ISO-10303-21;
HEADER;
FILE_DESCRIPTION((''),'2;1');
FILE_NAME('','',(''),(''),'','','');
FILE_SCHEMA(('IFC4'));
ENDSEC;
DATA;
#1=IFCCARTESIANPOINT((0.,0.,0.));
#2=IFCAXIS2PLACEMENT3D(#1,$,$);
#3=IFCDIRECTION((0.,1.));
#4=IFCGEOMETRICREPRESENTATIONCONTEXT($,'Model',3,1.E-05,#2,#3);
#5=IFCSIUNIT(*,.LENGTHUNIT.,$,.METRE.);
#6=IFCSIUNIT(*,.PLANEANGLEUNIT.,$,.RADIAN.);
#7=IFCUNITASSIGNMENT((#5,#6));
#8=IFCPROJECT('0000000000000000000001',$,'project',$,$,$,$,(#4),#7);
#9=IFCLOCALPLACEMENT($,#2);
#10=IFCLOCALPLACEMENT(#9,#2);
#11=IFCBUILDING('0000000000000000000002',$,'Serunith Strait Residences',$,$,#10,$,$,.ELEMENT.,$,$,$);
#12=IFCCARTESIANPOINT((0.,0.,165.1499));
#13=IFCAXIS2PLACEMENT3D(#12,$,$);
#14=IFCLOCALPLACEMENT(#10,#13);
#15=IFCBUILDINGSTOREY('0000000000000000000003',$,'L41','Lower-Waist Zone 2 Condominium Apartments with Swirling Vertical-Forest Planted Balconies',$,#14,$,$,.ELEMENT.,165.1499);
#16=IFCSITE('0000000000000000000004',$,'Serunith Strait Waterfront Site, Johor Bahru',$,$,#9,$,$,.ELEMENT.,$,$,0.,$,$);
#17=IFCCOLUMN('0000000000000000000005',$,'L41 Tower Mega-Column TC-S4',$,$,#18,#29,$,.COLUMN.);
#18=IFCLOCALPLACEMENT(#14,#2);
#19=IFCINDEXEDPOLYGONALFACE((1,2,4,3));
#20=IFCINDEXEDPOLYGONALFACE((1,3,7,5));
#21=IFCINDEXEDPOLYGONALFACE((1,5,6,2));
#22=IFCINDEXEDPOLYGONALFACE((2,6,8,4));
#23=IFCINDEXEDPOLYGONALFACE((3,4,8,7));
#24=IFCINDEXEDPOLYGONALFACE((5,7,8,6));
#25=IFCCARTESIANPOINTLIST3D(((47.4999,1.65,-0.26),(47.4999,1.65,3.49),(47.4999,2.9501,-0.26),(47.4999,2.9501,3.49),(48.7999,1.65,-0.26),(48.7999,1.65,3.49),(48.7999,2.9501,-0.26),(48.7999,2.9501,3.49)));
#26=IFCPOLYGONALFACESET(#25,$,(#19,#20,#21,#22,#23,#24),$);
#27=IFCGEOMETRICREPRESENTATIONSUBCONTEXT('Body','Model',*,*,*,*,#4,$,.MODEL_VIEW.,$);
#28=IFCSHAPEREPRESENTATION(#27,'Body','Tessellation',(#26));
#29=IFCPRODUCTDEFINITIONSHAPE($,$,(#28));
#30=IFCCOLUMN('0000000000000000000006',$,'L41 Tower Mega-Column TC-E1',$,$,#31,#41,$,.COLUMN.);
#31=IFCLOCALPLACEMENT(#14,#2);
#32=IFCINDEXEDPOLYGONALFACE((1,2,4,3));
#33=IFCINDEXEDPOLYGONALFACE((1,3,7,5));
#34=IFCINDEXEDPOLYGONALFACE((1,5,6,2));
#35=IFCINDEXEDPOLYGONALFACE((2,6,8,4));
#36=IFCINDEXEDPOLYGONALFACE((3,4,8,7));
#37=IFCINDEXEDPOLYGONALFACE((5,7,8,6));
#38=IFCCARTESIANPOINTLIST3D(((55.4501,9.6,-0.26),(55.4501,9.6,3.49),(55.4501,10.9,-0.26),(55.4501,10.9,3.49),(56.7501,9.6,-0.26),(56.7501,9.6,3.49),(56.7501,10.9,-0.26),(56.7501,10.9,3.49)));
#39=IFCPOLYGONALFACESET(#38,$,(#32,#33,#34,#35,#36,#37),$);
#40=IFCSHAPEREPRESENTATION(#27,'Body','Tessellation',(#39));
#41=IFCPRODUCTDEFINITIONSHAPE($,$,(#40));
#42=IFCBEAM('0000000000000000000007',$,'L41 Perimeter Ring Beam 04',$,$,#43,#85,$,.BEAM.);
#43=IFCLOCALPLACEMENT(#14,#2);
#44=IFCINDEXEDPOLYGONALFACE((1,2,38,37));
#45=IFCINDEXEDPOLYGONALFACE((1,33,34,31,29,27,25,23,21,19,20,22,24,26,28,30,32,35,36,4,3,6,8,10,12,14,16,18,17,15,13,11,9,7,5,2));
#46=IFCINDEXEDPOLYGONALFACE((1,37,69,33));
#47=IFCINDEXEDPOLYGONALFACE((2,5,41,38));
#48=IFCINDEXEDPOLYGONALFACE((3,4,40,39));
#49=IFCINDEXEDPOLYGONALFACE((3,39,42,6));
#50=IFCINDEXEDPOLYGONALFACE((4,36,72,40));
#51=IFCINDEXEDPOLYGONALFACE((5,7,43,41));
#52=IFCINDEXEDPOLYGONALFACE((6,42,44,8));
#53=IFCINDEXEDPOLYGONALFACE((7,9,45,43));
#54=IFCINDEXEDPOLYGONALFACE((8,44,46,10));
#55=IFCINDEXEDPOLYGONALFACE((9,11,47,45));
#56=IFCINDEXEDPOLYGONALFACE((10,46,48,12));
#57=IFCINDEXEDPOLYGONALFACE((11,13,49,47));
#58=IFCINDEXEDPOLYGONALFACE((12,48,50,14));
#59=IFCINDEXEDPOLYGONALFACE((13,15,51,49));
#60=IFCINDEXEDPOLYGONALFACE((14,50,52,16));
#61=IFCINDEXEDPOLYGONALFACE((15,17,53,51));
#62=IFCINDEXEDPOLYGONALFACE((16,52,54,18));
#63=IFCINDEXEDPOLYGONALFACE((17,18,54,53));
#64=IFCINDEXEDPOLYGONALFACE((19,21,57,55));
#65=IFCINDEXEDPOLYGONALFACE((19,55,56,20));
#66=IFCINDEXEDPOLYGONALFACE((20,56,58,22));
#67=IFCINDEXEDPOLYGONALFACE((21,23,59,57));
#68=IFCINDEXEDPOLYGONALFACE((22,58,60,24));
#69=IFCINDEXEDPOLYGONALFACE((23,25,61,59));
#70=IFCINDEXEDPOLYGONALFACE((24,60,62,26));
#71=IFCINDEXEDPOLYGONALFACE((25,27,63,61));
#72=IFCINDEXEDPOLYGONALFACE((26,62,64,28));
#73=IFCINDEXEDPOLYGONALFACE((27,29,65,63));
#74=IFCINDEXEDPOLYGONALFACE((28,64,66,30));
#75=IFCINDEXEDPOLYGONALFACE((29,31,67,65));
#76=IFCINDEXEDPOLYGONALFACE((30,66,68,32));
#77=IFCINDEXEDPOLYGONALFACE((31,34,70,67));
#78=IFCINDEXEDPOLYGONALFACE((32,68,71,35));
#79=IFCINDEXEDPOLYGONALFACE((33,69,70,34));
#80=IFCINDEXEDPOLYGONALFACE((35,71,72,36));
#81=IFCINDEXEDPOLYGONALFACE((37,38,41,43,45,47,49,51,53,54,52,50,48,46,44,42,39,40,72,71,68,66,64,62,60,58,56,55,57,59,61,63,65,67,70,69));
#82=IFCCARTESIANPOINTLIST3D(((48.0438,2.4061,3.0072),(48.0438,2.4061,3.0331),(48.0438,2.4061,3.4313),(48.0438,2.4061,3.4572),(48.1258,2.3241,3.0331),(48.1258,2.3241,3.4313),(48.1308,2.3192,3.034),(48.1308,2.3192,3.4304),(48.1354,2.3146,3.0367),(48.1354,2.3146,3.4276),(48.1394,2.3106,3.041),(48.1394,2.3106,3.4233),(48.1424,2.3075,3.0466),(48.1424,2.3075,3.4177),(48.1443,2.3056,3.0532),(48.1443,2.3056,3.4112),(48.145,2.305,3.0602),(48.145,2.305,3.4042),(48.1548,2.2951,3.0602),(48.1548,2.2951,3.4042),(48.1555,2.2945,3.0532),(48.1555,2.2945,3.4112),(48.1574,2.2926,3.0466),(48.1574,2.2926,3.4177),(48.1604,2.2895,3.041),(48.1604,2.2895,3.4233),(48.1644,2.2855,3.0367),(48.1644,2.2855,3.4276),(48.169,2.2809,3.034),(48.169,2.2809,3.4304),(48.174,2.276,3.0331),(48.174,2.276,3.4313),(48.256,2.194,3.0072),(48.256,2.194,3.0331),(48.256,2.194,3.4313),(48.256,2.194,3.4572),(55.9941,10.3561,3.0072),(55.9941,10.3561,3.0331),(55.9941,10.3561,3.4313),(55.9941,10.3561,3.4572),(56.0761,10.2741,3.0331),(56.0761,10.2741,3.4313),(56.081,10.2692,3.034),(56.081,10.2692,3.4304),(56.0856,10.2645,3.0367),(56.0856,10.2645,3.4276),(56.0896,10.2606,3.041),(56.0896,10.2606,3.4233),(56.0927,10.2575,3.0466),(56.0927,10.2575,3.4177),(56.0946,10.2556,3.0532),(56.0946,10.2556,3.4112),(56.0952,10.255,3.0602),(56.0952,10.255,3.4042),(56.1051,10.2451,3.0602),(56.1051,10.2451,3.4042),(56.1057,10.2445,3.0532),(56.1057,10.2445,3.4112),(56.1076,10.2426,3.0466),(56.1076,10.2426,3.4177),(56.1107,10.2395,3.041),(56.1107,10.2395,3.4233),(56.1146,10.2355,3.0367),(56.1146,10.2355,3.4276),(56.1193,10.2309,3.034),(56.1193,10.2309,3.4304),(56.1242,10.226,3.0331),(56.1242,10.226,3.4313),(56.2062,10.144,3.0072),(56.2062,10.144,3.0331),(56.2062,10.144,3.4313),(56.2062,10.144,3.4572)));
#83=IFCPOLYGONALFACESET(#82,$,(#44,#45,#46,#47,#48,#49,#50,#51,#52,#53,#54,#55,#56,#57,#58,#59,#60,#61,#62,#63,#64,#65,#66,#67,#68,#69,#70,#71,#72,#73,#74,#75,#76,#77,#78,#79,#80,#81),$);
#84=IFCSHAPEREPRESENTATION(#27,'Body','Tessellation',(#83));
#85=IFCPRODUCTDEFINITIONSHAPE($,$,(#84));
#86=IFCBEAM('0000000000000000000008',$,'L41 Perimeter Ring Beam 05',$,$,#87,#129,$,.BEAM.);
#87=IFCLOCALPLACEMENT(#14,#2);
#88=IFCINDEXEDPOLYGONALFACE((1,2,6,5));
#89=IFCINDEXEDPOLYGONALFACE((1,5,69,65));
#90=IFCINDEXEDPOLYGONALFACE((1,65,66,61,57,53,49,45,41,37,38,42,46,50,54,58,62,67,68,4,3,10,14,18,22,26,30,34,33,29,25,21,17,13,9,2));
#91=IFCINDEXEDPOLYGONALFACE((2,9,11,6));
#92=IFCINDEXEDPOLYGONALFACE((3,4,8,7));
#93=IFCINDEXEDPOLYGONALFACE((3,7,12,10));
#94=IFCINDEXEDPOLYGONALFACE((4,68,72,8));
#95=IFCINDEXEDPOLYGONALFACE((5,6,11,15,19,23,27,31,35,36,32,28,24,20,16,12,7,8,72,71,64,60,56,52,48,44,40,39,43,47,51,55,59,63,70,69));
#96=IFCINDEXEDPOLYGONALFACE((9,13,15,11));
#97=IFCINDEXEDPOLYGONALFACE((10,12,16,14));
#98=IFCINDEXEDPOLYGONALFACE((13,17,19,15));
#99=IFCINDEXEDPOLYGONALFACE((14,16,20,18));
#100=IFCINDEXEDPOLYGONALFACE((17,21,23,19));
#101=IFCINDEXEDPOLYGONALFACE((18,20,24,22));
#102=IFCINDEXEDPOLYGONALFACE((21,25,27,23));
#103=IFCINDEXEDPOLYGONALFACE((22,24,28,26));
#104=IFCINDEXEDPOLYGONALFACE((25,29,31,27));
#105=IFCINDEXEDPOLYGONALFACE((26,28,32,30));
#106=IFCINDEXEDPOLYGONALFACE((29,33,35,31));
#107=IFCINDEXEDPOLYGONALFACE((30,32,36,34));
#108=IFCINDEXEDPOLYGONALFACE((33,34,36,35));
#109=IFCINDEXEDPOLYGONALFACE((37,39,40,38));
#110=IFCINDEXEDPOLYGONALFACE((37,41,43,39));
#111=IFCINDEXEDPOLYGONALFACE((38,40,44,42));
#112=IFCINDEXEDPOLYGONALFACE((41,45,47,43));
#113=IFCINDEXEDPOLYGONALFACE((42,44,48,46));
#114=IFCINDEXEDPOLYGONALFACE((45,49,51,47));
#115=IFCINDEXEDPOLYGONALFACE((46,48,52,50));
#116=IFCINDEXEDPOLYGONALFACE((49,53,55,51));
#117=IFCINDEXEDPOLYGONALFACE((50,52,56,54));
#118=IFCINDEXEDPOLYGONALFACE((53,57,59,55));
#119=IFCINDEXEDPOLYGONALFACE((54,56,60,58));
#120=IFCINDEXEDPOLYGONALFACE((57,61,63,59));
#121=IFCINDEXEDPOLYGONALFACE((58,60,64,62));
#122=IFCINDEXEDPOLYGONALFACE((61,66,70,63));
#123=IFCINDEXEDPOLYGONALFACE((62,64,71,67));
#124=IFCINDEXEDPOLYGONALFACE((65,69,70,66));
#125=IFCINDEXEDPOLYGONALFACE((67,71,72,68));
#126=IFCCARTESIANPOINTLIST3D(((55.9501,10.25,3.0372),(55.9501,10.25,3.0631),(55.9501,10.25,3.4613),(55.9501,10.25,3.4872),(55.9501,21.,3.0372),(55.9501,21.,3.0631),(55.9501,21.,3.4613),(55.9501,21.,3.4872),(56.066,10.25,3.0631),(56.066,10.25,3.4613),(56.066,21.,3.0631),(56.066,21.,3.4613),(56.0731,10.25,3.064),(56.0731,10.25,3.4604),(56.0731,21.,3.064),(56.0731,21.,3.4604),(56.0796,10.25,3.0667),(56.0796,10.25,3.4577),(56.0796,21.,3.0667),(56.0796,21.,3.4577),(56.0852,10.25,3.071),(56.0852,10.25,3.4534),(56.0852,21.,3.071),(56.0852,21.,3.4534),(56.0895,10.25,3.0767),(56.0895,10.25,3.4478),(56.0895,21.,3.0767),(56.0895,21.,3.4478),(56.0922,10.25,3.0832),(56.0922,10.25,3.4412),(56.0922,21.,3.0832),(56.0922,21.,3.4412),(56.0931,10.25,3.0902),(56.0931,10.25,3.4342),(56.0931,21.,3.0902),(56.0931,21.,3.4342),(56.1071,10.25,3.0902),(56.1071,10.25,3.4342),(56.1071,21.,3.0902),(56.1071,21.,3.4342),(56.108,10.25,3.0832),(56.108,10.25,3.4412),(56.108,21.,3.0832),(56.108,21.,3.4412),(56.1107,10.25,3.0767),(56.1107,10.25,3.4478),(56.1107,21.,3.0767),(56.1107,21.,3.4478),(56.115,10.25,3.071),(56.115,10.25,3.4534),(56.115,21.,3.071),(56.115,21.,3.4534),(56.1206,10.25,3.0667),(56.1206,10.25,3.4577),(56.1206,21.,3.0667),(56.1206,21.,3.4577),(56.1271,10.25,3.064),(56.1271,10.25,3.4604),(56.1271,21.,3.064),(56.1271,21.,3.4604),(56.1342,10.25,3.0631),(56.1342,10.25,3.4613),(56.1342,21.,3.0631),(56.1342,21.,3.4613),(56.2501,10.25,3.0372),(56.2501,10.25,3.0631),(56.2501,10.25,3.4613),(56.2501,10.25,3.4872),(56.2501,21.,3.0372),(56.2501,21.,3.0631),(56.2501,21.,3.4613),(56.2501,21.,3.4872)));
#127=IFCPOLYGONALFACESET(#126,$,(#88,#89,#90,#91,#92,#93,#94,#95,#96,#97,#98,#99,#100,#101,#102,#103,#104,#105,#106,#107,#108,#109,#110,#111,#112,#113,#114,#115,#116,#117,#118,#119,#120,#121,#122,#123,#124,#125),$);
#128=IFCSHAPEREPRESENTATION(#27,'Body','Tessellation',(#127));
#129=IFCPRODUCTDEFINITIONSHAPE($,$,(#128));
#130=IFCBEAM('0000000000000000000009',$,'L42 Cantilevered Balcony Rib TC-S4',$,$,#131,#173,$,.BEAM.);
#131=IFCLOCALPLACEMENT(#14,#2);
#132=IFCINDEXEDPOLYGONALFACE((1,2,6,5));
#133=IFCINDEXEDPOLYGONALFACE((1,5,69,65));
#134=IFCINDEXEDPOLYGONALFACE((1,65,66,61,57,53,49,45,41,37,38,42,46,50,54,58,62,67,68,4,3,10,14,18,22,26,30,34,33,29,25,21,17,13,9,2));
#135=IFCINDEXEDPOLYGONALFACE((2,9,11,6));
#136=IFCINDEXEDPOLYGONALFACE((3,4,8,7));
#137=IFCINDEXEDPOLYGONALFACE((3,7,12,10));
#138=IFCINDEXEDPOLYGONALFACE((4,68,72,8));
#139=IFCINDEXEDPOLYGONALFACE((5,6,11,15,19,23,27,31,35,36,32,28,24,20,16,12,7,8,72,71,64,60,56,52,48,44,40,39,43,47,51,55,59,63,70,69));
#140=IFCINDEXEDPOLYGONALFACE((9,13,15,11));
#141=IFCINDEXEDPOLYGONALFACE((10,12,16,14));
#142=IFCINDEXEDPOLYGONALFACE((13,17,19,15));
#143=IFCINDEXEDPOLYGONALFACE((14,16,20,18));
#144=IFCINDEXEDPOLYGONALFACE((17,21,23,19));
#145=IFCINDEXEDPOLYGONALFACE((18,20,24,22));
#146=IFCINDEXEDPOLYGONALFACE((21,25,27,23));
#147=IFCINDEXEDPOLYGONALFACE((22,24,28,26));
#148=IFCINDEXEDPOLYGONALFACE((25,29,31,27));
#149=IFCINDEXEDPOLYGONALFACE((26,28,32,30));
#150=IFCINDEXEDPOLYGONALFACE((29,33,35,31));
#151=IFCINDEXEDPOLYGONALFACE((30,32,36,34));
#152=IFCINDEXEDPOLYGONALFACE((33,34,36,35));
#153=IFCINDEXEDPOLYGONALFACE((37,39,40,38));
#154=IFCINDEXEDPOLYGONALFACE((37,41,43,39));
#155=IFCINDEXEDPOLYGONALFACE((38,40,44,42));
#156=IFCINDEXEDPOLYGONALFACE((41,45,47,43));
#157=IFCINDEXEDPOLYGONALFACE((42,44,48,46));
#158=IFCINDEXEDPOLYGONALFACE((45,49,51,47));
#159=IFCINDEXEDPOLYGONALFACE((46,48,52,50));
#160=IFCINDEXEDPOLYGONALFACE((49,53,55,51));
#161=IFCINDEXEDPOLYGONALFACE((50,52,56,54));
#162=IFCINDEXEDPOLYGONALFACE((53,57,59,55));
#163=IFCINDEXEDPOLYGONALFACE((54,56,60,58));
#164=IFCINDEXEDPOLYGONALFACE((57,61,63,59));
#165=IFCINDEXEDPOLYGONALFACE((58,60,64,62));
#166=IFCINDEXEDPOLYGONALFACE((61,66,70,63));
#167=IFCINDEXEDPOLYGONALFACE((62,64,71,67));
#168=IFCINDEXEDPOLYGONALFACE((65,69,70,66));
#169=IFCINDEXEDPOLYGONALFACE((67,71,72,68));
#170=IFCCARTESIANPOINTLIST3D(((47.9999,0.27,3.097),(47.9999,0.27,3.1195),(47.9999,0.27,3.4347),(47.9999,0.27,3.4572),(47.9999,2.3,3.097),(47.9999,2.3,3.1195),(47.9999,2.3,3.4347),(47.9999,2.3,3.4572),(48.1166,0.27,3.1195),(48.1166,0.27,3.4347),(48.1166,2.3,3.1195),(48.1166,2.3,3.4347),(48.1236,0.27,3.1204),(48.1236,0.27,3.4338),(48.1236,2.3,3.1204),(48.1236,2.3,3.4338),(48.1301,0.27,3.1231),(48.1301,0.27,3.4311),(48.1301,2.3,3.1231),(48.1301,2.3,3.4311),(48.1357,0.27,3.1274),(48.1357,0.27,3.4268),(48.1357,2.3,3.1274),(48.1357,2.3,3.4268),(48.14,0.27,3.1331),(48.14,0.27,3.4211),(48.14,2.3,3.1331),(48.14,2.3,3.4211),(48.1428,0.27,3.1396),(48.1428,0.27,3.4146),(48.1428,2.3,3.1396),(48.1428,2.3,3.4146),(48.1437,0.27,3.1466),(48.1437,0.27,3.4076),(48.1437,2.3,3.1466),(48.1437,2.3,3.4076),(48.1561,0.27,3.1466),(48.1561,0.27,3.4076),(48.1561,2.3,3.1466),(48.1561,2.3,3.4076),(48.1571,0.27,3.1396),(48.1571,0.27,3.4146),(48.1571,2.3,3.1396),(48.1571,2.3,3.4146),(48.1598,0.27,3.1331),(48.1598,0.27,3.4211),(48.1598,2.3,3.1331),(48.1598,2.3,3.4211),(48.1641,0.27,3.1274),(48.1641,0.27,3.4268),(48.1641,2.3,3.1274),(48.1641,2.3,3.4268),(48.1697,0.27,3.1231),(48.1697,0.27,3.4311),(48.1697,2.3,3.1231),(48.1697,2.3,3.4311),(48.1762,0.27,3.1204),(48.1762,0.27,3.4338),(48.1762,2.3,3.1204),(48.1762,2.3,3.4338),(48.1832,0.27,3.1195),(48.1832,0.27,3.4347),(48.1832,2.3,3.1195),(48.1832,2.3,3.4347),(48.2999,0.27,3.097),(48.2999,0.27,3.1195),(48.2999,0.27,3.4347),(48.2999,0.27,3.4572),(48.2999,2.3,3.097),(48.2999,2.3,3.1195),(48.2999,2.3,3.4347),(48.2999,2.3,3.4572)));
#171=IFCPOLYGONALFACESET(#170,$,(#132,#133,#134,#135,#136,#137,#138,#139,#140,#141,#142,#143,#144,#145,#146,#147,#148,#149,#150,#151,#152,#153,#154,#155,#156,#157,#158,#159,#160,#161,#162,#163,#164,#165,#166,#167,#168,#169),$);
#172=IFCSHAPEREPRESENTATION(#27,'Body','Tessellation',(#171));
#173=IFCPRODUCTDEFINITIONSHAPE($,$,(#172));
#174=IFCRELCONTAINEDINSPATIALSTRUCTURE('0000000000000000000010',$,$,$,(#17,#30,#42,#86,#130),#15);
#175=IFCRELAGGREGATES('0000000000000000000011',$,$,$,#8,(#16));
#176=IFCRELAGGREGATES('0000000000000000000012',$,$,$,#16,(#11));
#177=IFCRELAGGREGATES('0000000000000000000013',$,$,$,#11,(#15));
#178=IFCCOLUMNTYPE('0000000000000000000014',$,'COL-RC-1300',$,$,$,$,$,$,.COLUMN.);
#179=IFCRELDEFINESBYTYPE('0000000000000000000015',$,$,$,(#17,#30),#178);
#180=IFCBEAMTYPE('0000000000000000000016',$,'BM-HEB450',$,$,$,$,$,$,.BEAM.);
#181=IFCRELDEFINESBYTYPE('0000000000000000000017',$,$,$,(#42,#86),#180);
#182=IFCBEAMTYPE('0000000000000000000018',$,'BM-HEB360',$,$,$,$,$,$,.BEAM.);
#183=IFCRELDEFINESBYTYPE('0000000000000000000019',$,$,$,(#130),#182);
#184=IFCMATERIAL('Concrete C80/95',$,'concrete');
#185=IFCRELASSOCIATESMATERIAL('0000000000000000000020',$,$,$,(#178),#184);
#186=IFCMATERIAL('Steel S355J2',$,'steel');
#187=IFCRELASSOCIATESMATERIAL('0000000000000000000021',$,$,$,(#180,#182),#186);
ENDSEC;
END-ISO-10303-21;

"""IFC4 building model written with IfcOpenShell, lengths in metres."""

from ifc_helpers import new_model, si_unit, direction, frame, origin, origin_2d, place, context, subcontext, project, spatial, rectangle, i_section, extrude, source, transform, mapped, material, material_profile, profile_set, type_object, element, save


model = new_model("IFC4")

# Units and contexts
model_context = context("Model", 3, precision=1e-05, world=origin(), true_north=direction((0.0, 1.0)))
body_context = subcontext(model_context, "Body", "Model", "MODEL_VIEW")
ifc_project = project(units=[si_unit("LENGTHUNIT", "METRE"), si_unit("PLANEANGLEUNIT", "RADIAN")], contexts=[model_context])

# Site, building, storey
site_placement = place(None, origin())
site = spatial("IfcSite", under=ifc_project, at=site_placement, Name="Serunith Strait Waterfront Site, Johor Bahru", CompositionType="ELEMENT", RefElevation=0.0)
building_placement = place(site_placement, origin())
building = spatial("IfcBuilding", under=site, at=building_placement, Name="Serunith Strait Residences", CompositionType="ELEMENT")
storey_placement = place(building_placement, frame((0.0, 0.0, 165.1499)))
storey = spatial("IfcBuildingStorey", under=building, at=storey_placement, Name="L41", Description="Lower-Waist Zone 2 Condominium Apartments with Swirling Vertical-Forest Planted Balconies", CompositionType="ELEMENT", Elevation=165.1499)

# Columns
ifc_material_1 = material(Name="Concrete C80/95", Category="concrete")
ifc_material_profile_1 = material_profile(ifc_material_1, rectangle(XDim=1.3, YDim=1.3, at=origin_2d()), Name="RC 1300x1300")
ifc_profile_set_1 = profile_set([ifc_material_profile_1], Name="Concrete C80/95")
column_type = type_object("IfcColumnType", Name="COL-RC-1300", PredefinedType="COLUMN", material=ifc_profile_set_1)
shared_shape_1 = source(origin(), body_context, "Body", "SweptSolid", [
    extrude(rectangle(XDim=1.3, YDim=1.3, at=origin_2d()), origin(), (0.0, 0.0, 1.0), 3.75),
])
for number, where, z_axis, x_axis, name in (
    (1, (48.1499, 2.3, -0.26), (0.0, 0.0, 1.0), (1.0, 0.0, 0.0), "L41 Tower Mega-Column TC-S4"),
    (2, (56.1001, 10.25, -0.26), (0.0, 0.0, 1.0), (1.0, 0.0, 0.0), "L41 Tower Mega-Column TC-E1"),
):
    element("IfcColumn", number, at=place(storey_placement, frame(where, z_axis=z_axis, x_axis=x_axis)), inside=storey, type_object=column_type, Name=name, PredefinedType="COLUMN", context=body_context, shape_type="MappedRepresentation", body=[
        mapped(shared_shape_1, transform((0.0, 0.0, 0.0), scale=1.0)),
    ])

# Beams
ifc_material_2 = material(Name="Steel S355J2", Category="steel")
ifc_material_profile_2 = material_profile(ifc_material_2, i_section(OverallWidth=0.3, OverallDepth=0.45, WebThickness=0.0139, FlangeThickness=0.0259, FilletRadius=0.0271, at=origin_2d()), Name="HEB 450")
ifc_profile_set_2 = profile_set([ifc_material_profile_2], Name="Steel S355J2")
beam_type_1 = type_object("IfcBeamType", Name="BM-HEB450", PredefinedType="BEAM", material=ifc_profile_set_2)
shared_shape_2 = source(origin(), body_context, "Body", "SweptSolid", [
    extrude(i_section(OverallWidth=0.3, OverallDepth=0.45, WebThickness=0.0139, FlangeThickness=0.0259, FilletRadius=0.0271, at=origin_2d()), origin(), (0.0, 0.0, 1.0), 11.2432),
])
beam_1_placement = place(storey_placement, frame((48.1499, 2.3, 3.2322), z_axis=(0.707118, 0.707096, 0.0), x_axis=(-0.707096, 0.707118, 0.0)))
element("IfcBeam", 3, at=beam_1_placement, inside=storey, type_object=beam_type_1, Name="L41 Perimeter Ring Beam 04", PredefinedType="BEAM", context=body_context, shape_type="MappedRepresentation", body=[
    mapped(shared_shape_2, transform((0.0, 0.0, 0.0), scale=1.0)),
])
shared_shape_3 = source(origin(), body_context, "Body", "SweptSolid", [
    extrude(i_section(OverallWidth=0.3, OverallDepth=0.45, WebThickness=0.0139, FlangeThickness=0.0259, FilletRadius=0.0271, at=origin_2d()), origin(), (0.0, 0.0, 1.0), 10.75),
])
beam_2_placement = place(storey_placement, frame((56.1001, 10.25, 3.2622), z_axis=(0.0, 1.0, 0.0), x_axis=(-1.0, 0.0, 0.0)))
element("IfcBeam", 4, at=beam_2_placement, inside=storey, type_object=beam_type_1, Name="L41 Perimeter Ring Beam 05", PredefinedType="BEAM", context=body_context, shape_type="MappedRepresentation", body=[
    mapped(shared_shape_3, transform((0.0, 0.0, 0.0), scale=1.0)),
])
ifc_material_profile_3 = material_profile(ifc_material_2, i_section(OverallWidth=0.3, OverallDepth=0.3601, WebThickness=0.0125, FlangeThickness=0.0225, FilletRadius=0.0271, at=origin_2d()), Name="HEB 360")
ifc_profile_set_3 = profile_set([ifc_material_profile_3], Name="Steel S355J2")
beam_type_2 = type_object("IfcBeamType", Name="BM-HEB360", PredefinedType="BEAM", material=ifc_profile_set_3)
shared_shape_4 = source(origin(), body_context, "Body", "SweptSolid", [
    extrude(i_section(OverallWidth=0.3, OverallDepth=0.3601, WebThickness=0.0125, FlangeThickness=0.0225, FilletRadius=0.0271, at=origin_2d()), origin(), (0.0, 0.0, 1.0), 2.03),
])
beam_3_placement = place(storey_placement, frame((48.1499, 2.3, 3.2771), z_axis=(0.0, -1.0, 0.0), x_axis=(1.0, 0.0, 0.0)))
element("IfcBeam", 5, at=beam_3_placement, inside=storey, type_object=beam_type_2, Name="L42 Cantilevered Balcony Rib TC-S4", PredefinedType="BEAM", context=body_context, shape_type="MappedRepresentation", body=[
    mapped(shared_shape_4, transform((0.0, 0.0, 0.0), scale=1.0)),
])

save(model, "model.ifc")
